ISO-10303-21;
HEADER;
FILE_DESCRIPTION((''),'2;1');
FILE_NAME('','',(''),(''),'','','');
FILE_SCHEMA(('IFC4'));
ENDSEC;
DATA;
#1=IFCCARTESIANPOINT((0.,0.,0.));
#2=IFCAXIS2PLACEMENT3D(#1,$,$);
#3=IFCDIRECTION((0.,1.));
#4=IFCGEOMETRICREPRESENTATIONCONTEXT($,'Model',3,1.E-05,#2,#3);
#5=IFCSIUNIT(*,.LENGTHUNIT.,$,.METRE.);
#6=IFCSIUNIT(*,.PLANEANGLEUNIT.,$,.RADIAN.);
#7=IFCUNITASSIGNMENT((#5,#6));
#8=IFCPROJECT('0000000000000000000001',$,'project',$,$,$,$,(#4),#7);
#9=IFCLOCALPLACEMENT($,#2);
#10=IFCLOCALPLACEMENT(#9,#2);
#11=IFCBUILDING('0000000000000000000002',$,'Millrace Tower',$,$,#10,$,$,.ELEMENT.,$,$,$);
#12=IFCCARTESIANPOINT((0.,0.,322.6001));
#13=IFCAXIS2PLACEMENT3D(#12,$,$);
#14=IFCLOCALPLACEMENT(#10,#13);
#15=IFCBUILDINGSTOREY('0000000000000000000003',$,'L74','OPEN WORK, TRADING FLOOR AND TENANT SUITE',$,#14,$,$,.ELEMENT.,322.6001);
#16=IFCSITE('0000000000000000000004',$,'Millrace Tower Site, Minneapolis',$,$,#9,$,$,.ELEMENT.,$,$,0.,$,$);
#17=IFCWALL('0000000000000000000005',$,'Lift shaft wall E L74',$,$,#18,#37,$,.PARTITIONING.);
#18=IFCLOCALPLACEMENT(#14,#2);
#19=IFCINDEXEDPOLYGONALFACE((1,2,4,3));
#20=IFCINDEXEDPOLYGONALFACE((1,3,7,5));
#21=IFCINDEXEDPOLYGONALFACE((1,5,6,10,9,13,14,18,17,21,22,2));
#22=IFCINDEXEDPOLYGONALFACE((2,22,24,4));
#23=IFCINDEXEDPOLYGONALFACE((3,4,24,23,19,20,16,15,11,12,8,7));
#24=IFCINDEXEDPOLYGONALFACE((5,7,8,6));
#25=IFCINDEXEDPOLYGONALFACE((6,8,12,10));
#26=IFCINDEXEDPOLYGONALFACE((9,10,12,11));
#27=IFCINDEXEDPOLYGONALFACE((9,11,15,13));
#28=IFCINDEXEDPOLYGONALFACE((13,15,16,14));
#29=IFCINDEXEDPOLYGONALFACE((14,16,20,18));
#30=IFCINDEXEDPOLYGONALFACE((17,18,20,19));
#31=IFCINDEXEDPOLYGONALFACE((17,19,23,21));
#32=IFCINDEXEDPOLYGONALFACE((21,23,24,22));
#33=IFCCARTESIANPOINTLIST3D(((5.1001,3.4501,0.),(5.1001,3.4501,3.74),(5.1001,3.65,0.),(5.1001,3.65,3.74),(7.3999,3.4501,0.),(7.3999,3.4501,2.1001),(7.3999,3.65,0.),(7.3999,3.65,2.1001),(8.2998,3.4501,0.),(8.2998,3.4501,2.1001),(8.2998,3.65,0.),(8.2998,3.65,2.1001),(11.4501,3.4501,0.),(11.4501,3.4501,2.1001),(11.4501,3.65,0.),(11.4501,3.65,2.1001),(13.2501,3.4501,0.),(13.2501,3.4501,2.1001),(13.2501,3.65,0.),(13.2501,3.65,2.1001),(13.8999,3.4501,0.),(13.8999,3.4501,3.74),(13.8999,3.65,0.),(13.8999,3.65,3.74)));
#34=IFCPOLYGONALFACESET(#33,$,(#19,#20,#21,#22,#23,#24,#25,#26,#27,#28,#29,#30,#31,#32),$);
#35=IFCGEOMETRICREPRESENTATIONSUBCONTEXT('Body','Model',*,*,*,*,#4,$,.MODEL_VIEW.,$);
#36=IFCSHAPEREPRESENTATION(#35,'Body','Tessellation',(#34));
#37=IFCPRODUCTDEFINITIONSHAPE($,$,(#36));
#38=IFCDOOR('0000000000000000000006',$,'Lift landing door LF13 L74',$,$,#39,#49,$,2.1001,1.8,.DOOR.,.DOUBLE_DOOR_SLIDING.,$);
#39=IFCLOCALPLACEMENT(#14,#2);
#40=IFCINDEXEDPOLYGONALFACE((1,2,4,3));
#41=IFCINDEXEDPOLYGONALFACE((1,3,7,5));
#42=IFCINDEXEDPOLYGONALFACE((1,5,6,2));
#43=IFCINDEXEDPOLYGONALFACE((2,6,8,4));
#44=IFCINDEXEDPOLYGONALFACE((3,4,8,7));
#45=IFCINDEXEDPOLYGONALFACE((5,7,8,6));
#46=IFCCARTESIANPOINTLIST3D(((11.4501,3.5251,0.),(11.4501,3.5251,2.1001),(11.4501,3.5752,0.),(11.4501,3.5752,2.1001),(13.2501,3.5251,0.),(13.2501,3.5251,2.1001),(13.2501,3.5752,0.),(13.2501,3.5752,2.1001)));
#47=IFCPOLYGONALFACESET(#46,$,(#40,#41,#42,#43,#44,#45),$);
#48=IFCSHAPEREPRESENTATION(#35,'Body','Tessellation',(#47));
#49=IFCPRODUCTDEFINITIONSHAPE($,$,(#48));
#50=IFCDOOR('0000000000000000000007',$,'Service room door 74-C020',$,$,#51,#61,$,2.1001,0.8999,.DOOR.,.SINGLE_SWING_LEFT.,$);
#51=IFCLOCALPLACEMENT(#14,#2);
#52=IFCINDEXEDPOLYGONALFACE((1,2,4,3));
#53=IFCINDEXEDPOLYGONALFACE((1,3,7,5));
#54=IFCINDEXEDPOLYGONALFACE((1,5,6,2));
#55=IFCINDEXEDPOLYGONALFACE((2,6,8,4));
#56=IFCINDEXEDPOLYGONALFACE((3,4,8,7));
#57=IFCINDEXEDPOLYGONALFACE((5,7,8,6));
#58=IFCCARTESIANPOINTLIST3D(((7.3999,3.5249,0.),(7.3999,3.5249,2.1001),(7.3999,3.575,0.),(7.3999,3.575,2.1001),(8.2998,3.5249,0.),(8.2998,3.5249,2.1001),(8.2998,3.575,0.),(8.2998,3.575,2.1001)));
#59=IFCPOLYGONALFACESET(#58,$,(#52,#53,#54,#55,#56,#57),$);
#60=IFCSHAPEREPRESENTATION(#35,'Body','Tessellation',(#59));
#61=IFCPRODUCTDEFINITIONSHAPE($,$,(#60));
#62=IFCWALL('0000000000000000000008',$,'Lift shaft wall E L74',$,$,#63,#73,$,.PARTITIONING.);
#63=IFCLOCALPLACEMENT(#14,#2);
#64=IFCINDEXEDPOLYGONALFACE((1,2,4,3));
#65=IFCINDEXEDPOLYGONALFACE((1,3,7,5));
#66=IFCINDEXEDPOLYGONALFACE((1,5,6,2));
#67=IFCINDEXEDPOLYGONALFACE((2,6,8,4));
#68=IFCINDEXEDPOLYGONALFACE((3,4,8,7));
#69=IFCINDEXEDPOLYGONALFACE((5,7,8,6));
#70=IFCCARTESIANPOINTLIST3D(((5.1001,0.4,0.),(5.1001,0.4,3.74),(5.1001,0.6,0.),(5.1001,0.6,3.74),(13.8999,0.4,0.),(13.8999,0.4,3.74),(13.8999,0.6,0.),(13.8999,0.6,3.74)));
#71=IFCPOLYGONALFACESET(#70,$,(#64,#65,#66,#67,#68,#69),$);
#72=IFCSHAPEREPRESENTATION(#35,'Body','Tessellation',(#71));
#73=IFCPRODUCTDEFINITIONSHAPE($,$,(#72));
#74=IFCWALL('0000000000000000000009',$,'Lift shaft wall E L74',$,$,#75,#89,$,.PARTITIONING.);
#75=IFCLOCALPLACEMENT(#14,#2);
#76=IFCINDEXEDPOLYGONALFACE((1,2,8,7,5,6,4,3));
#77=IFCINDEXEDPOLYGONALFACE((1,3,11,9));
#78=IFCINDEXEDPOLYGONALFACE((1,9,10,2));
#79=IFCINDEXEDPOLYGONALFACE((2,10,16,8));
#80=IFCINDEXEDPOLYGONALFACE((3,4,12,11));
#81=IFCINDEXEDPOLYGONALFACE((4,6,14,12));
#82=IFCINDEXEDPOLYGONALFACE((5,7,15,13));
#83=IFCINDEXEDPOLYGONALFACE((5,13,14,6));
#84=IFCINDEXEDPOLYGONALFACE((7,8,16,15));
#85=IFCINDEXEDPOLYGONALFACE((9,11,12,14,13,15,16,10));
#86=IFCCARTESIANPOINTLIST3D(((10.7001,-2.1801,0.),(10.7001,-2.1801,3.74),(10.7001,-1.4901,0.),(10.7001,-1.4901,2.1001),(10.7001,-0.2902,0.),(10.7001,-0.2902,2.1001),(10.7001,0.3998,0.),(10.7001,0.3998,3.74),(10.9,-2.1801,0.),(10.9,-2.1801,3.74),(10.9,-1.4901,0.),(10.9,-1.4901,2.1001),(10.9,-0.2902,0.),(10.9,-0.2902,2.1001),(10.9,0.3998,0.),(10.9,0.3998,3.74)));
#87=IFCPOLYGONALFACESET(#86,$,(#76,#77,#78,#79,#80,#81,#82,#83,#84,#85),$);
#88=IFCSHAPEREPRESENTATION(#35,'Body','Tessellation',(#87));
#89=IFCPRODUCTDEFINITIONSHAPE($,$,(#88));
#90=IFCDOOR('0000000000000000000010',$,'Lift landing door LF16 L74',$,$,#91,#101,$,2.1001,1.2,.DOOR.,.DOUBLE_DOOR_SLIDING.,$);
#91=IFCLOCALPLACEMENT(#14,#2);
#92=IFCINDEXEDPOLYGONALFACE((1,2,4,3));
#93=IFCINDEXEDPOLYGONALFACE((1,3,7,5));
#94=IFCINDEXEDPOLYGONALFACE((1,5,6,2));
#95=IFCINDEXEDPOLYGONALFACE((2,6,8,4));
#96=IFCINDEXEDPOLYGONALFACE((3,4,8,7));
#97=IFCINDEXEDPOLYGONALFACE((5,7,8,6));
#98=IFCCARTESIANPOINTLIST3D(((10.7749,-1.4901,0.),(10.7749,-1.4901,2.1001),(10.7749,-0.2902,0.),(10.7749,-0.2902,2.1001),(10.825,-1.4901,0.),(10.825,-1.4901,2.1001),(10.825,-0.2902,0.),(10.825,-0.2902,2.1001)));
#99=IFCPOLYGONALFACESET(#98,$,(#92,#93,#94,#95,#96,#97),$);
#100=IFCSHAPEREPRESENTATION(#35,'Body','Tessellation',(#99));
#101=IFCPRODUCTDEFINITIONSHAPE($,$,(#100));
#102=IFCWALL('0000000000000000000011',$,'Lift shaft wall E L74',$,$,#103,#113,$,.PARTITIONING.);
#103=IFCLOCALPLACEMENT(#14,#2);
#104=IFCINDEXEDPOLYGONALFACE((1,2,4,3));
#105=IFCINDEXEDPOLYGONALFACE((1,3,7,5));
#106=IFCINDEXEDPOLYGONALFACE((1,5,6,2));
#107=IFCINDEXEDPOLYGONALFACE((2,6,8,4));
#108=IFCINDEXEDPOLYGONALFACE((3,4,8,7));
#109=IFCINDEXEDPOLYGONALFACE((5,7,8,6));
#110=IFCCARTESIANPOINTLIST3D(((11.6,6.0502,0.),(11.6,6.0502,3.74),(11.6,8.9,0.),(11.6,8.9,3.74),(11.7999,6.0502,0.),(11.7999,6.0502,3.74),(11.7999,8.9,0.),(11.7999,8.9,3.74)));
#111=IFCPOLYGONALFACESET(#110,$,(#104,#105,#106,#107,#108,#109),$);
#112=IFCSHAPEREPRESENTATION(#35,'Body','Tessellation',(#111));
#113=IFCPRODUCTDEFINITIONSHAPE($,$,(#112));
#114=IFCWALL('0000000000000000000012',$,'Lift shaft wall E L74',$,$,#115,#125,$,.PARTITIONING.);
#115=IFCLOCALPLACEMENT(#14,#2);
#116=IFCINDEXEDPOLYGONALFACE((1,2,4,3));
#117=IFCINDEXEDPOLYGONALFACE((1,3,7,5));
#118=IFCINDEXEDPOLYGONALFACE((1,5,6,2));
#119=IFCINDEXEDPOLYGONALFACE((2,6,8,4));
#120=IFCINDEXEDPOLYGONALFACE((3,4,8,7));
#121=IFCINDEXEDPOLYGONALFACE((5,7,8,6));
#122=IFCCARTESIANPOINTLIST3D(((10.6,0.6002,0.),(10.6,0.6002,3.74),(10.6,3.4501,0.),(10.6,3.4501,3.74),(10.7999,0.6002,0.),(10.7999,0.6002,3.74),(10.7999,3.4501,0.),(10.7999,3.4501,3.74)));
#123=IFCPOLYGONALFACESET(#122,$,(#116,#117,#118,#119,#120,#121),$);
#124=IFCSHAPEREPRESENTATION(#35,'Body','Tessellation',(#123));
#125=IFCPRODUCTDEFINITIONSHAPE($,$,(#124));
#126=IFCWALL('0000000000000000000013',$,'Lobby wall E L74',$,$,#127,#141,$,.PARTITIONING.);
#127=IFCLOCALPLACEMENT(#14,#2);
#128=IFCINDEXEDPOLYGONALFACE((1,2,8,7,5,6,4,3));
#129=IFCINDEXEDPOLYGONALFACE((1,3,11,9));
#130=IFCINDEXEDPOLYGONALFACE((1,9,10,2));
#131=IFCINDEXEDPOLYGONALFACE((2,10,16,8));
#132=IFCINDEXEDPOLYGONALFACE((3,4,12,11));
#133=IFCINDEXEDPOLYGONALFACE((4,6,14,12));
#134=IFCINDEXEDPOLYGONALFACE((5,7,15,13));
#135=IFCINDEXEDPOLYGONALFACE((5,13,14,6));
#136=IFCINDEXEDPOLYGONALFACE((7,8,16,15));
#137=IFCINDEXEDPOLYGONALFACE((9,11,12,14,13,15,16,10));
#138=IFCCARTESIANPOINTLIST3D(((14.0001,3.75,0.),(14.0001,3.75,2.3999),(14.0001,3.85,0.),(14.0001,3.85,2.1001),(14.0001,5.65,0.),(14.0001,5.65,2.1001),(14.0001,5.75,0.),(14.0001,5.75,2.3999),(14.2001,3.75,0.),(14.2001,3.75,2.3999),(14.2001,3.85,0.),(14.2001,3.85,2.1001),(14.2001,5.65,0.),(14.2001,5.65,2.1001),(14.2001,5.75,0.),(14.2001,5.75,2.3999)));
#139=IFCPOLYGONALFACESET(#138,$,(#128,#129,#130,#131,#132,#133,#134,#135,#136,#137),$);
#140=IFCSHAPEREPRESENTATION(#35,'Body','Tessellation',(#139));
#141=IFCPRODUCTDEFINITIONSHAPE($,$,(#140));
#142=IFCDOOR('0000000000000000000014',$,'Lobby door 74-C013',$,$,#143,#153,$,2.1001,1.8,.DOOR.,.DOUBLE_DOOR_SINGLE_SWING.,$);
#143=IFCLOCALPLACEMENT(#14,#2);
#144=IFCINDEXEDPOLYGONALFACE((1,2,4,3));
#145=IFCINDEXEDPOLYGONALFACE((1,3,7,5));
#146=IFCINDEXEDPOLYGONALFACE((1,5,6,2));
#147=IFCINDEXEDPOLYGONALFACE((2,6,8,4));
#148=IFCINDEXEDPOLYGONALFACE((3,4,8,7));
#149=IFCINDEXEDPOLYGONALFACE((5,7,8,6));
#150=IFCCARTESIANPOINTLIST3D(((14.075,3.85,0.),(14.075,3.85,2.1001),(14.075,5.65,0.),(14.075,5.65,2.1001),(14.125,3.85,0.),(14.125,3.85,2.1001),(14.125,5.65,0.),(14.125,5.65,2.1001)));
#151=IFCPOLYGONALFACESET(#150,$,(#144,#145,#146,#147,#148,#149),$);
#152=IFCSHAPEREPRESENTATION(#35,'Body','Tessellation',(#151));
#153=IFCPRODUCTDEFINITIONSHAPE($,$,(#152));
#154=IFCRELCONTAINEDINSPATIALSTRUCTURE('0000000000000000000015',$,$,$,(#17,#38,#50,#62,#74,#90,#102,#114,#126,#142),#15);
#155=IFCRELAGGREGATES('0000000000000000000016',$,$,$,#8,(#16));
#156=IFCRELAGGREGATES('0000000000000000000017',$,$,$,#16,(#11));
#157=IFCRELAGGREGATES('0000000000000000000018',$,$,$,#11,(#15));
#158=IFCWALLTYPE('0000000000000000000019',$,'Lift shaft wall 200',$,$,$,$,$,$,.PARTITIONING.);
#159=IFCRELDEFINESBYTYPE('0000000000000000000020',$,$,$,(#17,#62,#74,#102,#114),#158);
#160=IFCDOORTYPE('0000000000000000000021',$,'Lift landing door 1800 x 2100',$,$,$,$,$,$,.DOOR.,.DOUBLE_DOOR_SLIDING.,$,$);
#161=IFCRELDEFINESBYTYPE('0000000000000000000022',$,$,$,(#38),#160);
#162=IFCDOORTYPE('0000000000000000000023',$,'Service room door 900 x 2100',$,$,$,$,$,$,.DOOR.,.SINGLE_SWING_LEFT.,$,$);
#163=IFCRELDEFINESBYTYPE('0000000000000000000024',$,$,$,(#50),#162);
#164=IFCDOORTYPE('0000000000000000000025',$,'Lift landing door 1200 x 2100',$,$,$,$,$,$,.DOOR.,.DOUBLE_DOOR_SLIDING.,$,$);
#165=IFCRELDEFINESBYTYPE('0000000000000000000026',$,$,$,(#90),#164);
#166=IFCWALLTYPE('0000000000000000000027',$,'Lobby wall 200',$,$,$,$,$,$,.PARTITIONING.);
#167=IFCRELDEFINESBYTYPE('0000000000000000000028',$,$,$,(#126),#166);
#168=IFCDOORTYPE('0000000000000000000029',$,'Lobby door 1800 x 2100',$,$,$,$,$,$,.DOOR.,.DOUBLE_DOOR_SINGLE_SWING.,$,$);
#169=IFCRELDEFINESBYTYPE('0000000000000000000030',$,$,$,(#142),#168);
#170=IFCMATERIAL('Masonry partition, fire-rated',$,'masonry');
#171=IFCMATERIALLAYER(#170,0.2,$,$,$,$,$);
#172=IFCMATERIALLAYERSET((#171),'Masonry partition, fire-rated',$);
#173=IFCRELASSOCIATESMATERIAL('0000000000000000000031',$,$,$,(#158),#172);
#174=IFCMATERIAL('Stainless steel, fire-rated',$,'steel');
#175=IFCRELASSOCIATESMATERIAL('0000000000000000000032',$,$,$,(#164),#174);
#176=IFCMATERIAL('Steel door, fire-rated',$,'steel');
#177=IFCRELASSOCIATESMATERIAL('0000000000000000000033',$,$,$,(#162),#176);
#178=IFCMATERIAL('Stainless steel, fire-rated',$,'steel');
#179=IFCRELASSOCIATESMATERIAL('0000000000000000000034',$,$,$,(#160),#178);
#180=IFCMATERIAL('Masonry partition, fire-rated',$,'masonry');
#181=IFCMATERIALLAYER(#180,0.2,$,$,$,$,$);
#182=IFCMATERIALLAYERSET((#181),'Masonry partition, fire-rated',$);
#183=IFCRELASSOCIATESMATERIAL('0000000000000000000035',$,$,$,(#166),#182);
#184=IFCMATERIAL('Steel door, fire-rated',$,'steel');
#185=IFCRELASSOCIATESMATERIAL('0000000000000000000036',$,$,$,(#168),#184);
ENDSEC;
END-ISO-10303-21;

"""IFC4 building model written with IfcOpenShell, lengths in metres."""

from ifc_helpers import new_model, si_unit, direction, frame, frame_2d, origin, place, context, subcontext, project, spatial, rectangle, extrude, material, layer, layer_set, type_object, element, fill, save


model = new_model("IFC4")

# Units and contexts
model_context = context("Model", 3, precision=1e-05, world=origin(), true_north=direction((0.0, 1.0)))
body_context = subcontext(model_context, "Body", "Model", "MODEL_VIEW")
ifc_project = project(units=[si_unit("LENGTHUNIT", "METRE"), si_unit("PLANEANGLEUNIT", "RADIAN")], contexts=[model_context])

# Site, building, storey
site_placement = place(None, origin())
site = spatial("IfcSite", under=ifc_project, at=site_placement, Name="Millrace Tower Site, Minneapolis", CompositionType="ELEMENT", RefElevation=0.0)
building_placement = place(site_placement, origin())
building = spatial("IfcBuilding", under=site, at=building_placement, Name="Millrace Tower", CompositionType="ELEMENT")
storey_placement = place(building_placement, frame((0.0, 0.0, 322.6001)))
storey = spatial("IfcBuildingStorey", under=building, at=storey_placement, Name="L74", Description="OPEN WORK, TRADING FLOOR AND TENANT SUITE", CompositionType="ELEMENT", Elevation=322.6001)

# Wall, openings, doors
ifc_material_1 = material(Name="Masonry partition, fire-rated", Category="masonry")
ifc_layer_1 = layer(ifc_material_1, 0.2)
ifc_layer_set_1 = layer_set([ifc_layer_1], Name="Masonry partition, fire-rated")
wall_type_1 = type_object("IfcWallType", Name="Lift shaft wall 200", PredefinedType="PARTITIONING", material=ifc_layer_set_1)
ifc_material_2 = material(Name="Stainless steel, fire-rated", Category="steel")
door_type_1 = type_object("IfcDoorType", Name="Lift landing door 1200 x 2100", OperationType="DOUBLE_DOOR_SLIDING", PredefinedType="DOOR", material=ifc_material_2)
ifc_material_3 = material(Name="Steel door, fire-rated", Category="steel")
door_type_2 = type_object("IfcDoorType", Name="Service room door 900 x 2100", OperationType="SINGLE_SWING_LEFT", PredefinedType="DOOR", material=ifc_material_3)
wall_1_placement = place(storey_placement, frame((13.8999, 3.55, 0.0), z_axis=(0.0, 0.0, 1.0), x_axis=(-1.0, 0.0, 0.0)))
wall_1 = element("IfcWall", 1, at=wall_1_placement, inside=storey, type_object=wall_type_1, Name="Lift shaft wall E L74", PredefinedType="PARTITIONING", context=body_context, shape_type="SweptSolid", body=[
    extrude(rectangle(XDim=8.7998, YDim=0.2, at=frame_2d((4.3999, 0.0))), origin(), (0.0, 0.0, 1.0), 3.74),
])
opening_1_placement = place(wall_1_placement, frame((0.6499, 0.0, 0.0)))
opening_1 = element("IfcOpeningElement", 2, at=opening_1_placement, cuts=wall_1, PredefinedType="OPENING", context=body_context, shape_type="SweptSolid", body=[
    extrude(rectangle(XDim=1.8, YDim=2.1001, at=frame_2d((0.8999, 1.05))), frame((0.0, 0.1099, 0.0), z_axis=(0.0, -1.0, 0.0), x_axis=(1.0, 0.0, 0.0)), (0.0, 0.0, 1.0), 0.22),
])
opening_2_placement = place(wall_1_placement, frame((5.6001, 0.0, 0.0)))
opening_2 = element("IfcOpeningElement", 3, at=opening_2_placement, cuts=wall_1, PredefinedType="OPENING", context=body_context, shape_type="SweptSolid", body=[
    extrude(rectangle(XDim=0.8999, YDim=2.1001, at=frame_2d((0.45, 1.05))), frame((0.0, 0.1099, 0.0), z_axis=(0.0, -1.0, 0.0), x_axis=(1.0, 0.0, 0.0)), (0.0, 0.0, 1.0), 0.22),
])
ifc_material_4 = material(Name="Stainless steel, fire-rated", Category="steel")
door_type_3 = type_object("IfcDoorType", Name="Lift landing door 1800 x 2100", OperationType="DOUBLE_DOOR_SLIDING", PredefinedType="DOOR", material=ifc_material_4)
door_1_placement = place(opening_1_placement, origin())
door_1 = element("IfcDoor", 4, at=door_1_placement, inside=storey, type_object=door_type_3, Name="Lift landing door LF13 L74", OperationType="DOUBLE_DOOR_SLIDING", OverallHeight=2.1001, OverallWidth=1.8, PredefinedType="DOOR", context=body_context, shape_type="SweptSolid", body=[
    extrude(rectangle(XDim=1.8, YDim=2.1001, at=frame_2d((0.8999, 1.05))), frame((0.0, 0.0249, 0.0), z_axis=(0.0, -1.0, 0.0), x_axis=(1.0, 0.0, 0.0)), (0.0, 0.0, 1.0), 0.05),
])
fill(opening_1, door_1)
door_2_placement = place(opening_2_placement, frame((0.8999, 0.0, 0.0), z_axis=(0.0, 0.0, 1.0), x_axis=(-1.0, 0.0, 0.0)))
door_2 = element("IfcDoor", 5, at=door_2_placement, inside=storey, type_object=door_type_2, Name="Service room door 74-C020", OperationType="SINGLE_SWING_LEFT", OverallHeight=2.1001, OverallWidth=0.8999, PredefinedType="DOOR", context=body_context, shape_type="SweptSolid", body=[
    extrude(rectangle(XDim=0.8999, YDim=2.1001, at=frame_2d((0.45, 1.05))), frame((0.0, 0.0249, 0.0), z_axis=(0.0, -1.0, 0.0), x_axis=(1.0, 0.0, 0.0)), (0.0, 0.0, 1.0), 0.05),
])
fill(opening_2, door_2)

# Wall
wall_2_placement = place(storey_placement, frame((13.8999, 0.5, 0.0), z_axis=(0.0, 0.0, 1.0), x_axis=(-1.0, 0.0, 0.0)))
element("IfcWall", 6, at=wall_2_placement, inside=storey, type_object=wall_type_1, Name="Lift shaft wall E L74", PredefinedType="PARTITIONING", context=body_context, shape_type="SweptSolid", body=[
    extrude(rectangle(XDim=8.7998, YDim=0.2, at=frame_2d((4.3999, 0.0))), origin(), (0.0, 0.0, 1.0), 3.74),
])

# Wall, opening, door
wall_3_placement = place(storey_placement, frame((10.8, 0.3999, 0.0), z_axis=(0.0, 0.0, 1.0), x_axis=(0.0, -1.0, 0.0)))
wall_3 = element("IfcWall", 7, at=wall_3_placement, inside=storey, type_object=wall_type_1, Name="Lift shaft wall E L74", PredefinedType="PARTITIONING", context=body_context, shape_type="SweptSolid", body=[
    extrude(rectangle(XDim=2.5798, YDim=0.2, at=frame_2d((1.29, 0.0))), origin(), (0.0, 0.0, 1.0), 3.74),
])
opening_3_placement = place(wall_3_placement, frame((0.6899, 0.0, 0.0)))
opening_3 = element("IfcOpeningElement", 8, at=opening_3_placement, cuts=wall_3, PredefinedType="OPENING", context=body_context, shape_type="SweptSolid", body=[
    extrude(rectangle(XDim=1.2, YDim=2.1001, at=frame_2d((0.6001, 1.05))), frame((0.0, 0.1099, 0.0), z_axis=(0.0, -1.0, 0.0), x_axis=(1.0, 0.0, 0.0)), (0.0, 0.0, 1.0), 0.22),
])
door_3_placement = place(opening_3_placement, origin())
door_3 = element("IfcDoor", 9, at=door_3_placement, inside=storey, type_object=door_type_1, Name="Lift landing door LF16 L74", OperationType="DOUBLE_DOOR_SLIDING", OverallHeight=2.1001, OverallWidth=1.2, PredefinedType="DOOR", context=body_context, shape_type="SweptSolid", body=[
    extrude(rectangle(XDim=1.2, YDim=2.1001, at=frame_2d((0.6001, 1.05))), frame((0.0, 0.0249, 0.0), z_axis=(0.0, -1.0, 0.0), x_axis=(1.0, 0.0, 0.0)), (0.0, 0.0, 1.0), 0.05),
])
fill(opening_3, door_3)

# Walls
for number, where, z_axis, x_axis, name in (
    (10, (11.7, 8.8999, 0.0), (0.0, 0.0, 1.0), (0.0, -1.0, 0.0), "Lift shaft wall E L74"),
    (11, (10.7, 3.45, 0.0), (0.0, 0.0, 1.0), (0.0, -1.0, 0.0), "Lift shaft wall E L74"),
):
    element("IfcWall", number, at=place(storey_placement, frame(where, z_axis=z_axis, x_axis=x_axis)), inside=storey, type_object=wall_type_1, Name=name, PredefinedType="PARTITIONING", context=body_context, shape_type="SweptSolid", body=[
        extrude(rectangle(XDim=2.8499, YDim=0.2, at=frame_2d((1.4248, 0.0))), origin(), (0.0, 0.0, 1.0), 3.74),
    ])

# Wall, opening, door
ifc_material_5 = material(Name="Masonry partition, fire-rated", Category="masonry")
ifc_layer_2 = layer(ifc_material_5, 0.2)
ifc_layer_set_2 = layer_set([ifc_layer_2], Name="Masonry partition, fire-rated")
wall_type_2 = type_object("IfcWallType", Name="Lobby wall 200", PredefinedType="PARTITIONING", material=ifc_layer_set_2)
wall_4_placement = place(storey_placement, frame((14.1001, 5.75, 0.0), z_axis=(0.0, 0.0, 1.0), x_axis=(0.0, -1.0, 0.0)))
wall_4 = element("IfcWall", 12, at=wall_4_placement, inside=storey, type_object=wall_type_2, Name="Lobby wall E L74", PredefinedType="PARTITIONING", context=body_context, shape_type="SweptSolid", body=[
    extrude(rectangle(XDim=2.0, YDim=0.2, at=frame_2d((1.0, 0.0))), origin(), (0.0, 0.0, 1.0), 2.3999),
])
opening_4_placement = place(wall_4_placement, frame((0.1001, 0.0, 0.0)))
opening_4 = element("IfcOpeningElement", 13, at=opening_4_placement, cuts=wall_4, PredefinedType="OPENING", context=body_context, shape_type="SweptSolid", body=[
    extrude(rectangle(XDim=1.8, YDim=2.1001, at=frame_2d((0.8999, 1.05))), frame((0.0, 0.1099, 0.0), z_axis=(0.0, -1.0, 0.0), x_axis=(1.0, 0.0, 0.0)), (0.0, 0.0, 1.0), 0.22),
])
ifc_material_6 = material(Name="Steel door, fire-rated", Category="steel")
door_type_4 = type_object("IfcDoorType", Name="Lobby door 1800 x 2100", OperationType="DOUBLE_DOOR_SINGLE_SWING", PredefinedType="DOOR", material=ifc_material_6)
door_4_placement = place(opening_4_placement, origin())
door_4 = element("IfcDoor", 14, at=door_4_placement, inside=storey, type_object=door_type_4, Name="Lobby door 74-C013", OperationType="DOUBLE_DOOR_SINGLE_SWING", OverallHeight=2.1001, OverallWidth=1.8, PredefinedType="DOOR", context=body_context, shape_type="SweptSolid", body=[
    extrude(rectangle(XDim=1.8, YDim=2.1001, at=frame_2d((0.8999, 1.05))), frame((0.0, 0.0249, 0.0), z_axis=(0.0, -1.0, 0.0), x_axis=(1.0, 0.0, 0.0)), (0.0, 0.0, 1.0), 0.05),
])
fill(opening_4, door_4)

save(model, "model.ifc")
